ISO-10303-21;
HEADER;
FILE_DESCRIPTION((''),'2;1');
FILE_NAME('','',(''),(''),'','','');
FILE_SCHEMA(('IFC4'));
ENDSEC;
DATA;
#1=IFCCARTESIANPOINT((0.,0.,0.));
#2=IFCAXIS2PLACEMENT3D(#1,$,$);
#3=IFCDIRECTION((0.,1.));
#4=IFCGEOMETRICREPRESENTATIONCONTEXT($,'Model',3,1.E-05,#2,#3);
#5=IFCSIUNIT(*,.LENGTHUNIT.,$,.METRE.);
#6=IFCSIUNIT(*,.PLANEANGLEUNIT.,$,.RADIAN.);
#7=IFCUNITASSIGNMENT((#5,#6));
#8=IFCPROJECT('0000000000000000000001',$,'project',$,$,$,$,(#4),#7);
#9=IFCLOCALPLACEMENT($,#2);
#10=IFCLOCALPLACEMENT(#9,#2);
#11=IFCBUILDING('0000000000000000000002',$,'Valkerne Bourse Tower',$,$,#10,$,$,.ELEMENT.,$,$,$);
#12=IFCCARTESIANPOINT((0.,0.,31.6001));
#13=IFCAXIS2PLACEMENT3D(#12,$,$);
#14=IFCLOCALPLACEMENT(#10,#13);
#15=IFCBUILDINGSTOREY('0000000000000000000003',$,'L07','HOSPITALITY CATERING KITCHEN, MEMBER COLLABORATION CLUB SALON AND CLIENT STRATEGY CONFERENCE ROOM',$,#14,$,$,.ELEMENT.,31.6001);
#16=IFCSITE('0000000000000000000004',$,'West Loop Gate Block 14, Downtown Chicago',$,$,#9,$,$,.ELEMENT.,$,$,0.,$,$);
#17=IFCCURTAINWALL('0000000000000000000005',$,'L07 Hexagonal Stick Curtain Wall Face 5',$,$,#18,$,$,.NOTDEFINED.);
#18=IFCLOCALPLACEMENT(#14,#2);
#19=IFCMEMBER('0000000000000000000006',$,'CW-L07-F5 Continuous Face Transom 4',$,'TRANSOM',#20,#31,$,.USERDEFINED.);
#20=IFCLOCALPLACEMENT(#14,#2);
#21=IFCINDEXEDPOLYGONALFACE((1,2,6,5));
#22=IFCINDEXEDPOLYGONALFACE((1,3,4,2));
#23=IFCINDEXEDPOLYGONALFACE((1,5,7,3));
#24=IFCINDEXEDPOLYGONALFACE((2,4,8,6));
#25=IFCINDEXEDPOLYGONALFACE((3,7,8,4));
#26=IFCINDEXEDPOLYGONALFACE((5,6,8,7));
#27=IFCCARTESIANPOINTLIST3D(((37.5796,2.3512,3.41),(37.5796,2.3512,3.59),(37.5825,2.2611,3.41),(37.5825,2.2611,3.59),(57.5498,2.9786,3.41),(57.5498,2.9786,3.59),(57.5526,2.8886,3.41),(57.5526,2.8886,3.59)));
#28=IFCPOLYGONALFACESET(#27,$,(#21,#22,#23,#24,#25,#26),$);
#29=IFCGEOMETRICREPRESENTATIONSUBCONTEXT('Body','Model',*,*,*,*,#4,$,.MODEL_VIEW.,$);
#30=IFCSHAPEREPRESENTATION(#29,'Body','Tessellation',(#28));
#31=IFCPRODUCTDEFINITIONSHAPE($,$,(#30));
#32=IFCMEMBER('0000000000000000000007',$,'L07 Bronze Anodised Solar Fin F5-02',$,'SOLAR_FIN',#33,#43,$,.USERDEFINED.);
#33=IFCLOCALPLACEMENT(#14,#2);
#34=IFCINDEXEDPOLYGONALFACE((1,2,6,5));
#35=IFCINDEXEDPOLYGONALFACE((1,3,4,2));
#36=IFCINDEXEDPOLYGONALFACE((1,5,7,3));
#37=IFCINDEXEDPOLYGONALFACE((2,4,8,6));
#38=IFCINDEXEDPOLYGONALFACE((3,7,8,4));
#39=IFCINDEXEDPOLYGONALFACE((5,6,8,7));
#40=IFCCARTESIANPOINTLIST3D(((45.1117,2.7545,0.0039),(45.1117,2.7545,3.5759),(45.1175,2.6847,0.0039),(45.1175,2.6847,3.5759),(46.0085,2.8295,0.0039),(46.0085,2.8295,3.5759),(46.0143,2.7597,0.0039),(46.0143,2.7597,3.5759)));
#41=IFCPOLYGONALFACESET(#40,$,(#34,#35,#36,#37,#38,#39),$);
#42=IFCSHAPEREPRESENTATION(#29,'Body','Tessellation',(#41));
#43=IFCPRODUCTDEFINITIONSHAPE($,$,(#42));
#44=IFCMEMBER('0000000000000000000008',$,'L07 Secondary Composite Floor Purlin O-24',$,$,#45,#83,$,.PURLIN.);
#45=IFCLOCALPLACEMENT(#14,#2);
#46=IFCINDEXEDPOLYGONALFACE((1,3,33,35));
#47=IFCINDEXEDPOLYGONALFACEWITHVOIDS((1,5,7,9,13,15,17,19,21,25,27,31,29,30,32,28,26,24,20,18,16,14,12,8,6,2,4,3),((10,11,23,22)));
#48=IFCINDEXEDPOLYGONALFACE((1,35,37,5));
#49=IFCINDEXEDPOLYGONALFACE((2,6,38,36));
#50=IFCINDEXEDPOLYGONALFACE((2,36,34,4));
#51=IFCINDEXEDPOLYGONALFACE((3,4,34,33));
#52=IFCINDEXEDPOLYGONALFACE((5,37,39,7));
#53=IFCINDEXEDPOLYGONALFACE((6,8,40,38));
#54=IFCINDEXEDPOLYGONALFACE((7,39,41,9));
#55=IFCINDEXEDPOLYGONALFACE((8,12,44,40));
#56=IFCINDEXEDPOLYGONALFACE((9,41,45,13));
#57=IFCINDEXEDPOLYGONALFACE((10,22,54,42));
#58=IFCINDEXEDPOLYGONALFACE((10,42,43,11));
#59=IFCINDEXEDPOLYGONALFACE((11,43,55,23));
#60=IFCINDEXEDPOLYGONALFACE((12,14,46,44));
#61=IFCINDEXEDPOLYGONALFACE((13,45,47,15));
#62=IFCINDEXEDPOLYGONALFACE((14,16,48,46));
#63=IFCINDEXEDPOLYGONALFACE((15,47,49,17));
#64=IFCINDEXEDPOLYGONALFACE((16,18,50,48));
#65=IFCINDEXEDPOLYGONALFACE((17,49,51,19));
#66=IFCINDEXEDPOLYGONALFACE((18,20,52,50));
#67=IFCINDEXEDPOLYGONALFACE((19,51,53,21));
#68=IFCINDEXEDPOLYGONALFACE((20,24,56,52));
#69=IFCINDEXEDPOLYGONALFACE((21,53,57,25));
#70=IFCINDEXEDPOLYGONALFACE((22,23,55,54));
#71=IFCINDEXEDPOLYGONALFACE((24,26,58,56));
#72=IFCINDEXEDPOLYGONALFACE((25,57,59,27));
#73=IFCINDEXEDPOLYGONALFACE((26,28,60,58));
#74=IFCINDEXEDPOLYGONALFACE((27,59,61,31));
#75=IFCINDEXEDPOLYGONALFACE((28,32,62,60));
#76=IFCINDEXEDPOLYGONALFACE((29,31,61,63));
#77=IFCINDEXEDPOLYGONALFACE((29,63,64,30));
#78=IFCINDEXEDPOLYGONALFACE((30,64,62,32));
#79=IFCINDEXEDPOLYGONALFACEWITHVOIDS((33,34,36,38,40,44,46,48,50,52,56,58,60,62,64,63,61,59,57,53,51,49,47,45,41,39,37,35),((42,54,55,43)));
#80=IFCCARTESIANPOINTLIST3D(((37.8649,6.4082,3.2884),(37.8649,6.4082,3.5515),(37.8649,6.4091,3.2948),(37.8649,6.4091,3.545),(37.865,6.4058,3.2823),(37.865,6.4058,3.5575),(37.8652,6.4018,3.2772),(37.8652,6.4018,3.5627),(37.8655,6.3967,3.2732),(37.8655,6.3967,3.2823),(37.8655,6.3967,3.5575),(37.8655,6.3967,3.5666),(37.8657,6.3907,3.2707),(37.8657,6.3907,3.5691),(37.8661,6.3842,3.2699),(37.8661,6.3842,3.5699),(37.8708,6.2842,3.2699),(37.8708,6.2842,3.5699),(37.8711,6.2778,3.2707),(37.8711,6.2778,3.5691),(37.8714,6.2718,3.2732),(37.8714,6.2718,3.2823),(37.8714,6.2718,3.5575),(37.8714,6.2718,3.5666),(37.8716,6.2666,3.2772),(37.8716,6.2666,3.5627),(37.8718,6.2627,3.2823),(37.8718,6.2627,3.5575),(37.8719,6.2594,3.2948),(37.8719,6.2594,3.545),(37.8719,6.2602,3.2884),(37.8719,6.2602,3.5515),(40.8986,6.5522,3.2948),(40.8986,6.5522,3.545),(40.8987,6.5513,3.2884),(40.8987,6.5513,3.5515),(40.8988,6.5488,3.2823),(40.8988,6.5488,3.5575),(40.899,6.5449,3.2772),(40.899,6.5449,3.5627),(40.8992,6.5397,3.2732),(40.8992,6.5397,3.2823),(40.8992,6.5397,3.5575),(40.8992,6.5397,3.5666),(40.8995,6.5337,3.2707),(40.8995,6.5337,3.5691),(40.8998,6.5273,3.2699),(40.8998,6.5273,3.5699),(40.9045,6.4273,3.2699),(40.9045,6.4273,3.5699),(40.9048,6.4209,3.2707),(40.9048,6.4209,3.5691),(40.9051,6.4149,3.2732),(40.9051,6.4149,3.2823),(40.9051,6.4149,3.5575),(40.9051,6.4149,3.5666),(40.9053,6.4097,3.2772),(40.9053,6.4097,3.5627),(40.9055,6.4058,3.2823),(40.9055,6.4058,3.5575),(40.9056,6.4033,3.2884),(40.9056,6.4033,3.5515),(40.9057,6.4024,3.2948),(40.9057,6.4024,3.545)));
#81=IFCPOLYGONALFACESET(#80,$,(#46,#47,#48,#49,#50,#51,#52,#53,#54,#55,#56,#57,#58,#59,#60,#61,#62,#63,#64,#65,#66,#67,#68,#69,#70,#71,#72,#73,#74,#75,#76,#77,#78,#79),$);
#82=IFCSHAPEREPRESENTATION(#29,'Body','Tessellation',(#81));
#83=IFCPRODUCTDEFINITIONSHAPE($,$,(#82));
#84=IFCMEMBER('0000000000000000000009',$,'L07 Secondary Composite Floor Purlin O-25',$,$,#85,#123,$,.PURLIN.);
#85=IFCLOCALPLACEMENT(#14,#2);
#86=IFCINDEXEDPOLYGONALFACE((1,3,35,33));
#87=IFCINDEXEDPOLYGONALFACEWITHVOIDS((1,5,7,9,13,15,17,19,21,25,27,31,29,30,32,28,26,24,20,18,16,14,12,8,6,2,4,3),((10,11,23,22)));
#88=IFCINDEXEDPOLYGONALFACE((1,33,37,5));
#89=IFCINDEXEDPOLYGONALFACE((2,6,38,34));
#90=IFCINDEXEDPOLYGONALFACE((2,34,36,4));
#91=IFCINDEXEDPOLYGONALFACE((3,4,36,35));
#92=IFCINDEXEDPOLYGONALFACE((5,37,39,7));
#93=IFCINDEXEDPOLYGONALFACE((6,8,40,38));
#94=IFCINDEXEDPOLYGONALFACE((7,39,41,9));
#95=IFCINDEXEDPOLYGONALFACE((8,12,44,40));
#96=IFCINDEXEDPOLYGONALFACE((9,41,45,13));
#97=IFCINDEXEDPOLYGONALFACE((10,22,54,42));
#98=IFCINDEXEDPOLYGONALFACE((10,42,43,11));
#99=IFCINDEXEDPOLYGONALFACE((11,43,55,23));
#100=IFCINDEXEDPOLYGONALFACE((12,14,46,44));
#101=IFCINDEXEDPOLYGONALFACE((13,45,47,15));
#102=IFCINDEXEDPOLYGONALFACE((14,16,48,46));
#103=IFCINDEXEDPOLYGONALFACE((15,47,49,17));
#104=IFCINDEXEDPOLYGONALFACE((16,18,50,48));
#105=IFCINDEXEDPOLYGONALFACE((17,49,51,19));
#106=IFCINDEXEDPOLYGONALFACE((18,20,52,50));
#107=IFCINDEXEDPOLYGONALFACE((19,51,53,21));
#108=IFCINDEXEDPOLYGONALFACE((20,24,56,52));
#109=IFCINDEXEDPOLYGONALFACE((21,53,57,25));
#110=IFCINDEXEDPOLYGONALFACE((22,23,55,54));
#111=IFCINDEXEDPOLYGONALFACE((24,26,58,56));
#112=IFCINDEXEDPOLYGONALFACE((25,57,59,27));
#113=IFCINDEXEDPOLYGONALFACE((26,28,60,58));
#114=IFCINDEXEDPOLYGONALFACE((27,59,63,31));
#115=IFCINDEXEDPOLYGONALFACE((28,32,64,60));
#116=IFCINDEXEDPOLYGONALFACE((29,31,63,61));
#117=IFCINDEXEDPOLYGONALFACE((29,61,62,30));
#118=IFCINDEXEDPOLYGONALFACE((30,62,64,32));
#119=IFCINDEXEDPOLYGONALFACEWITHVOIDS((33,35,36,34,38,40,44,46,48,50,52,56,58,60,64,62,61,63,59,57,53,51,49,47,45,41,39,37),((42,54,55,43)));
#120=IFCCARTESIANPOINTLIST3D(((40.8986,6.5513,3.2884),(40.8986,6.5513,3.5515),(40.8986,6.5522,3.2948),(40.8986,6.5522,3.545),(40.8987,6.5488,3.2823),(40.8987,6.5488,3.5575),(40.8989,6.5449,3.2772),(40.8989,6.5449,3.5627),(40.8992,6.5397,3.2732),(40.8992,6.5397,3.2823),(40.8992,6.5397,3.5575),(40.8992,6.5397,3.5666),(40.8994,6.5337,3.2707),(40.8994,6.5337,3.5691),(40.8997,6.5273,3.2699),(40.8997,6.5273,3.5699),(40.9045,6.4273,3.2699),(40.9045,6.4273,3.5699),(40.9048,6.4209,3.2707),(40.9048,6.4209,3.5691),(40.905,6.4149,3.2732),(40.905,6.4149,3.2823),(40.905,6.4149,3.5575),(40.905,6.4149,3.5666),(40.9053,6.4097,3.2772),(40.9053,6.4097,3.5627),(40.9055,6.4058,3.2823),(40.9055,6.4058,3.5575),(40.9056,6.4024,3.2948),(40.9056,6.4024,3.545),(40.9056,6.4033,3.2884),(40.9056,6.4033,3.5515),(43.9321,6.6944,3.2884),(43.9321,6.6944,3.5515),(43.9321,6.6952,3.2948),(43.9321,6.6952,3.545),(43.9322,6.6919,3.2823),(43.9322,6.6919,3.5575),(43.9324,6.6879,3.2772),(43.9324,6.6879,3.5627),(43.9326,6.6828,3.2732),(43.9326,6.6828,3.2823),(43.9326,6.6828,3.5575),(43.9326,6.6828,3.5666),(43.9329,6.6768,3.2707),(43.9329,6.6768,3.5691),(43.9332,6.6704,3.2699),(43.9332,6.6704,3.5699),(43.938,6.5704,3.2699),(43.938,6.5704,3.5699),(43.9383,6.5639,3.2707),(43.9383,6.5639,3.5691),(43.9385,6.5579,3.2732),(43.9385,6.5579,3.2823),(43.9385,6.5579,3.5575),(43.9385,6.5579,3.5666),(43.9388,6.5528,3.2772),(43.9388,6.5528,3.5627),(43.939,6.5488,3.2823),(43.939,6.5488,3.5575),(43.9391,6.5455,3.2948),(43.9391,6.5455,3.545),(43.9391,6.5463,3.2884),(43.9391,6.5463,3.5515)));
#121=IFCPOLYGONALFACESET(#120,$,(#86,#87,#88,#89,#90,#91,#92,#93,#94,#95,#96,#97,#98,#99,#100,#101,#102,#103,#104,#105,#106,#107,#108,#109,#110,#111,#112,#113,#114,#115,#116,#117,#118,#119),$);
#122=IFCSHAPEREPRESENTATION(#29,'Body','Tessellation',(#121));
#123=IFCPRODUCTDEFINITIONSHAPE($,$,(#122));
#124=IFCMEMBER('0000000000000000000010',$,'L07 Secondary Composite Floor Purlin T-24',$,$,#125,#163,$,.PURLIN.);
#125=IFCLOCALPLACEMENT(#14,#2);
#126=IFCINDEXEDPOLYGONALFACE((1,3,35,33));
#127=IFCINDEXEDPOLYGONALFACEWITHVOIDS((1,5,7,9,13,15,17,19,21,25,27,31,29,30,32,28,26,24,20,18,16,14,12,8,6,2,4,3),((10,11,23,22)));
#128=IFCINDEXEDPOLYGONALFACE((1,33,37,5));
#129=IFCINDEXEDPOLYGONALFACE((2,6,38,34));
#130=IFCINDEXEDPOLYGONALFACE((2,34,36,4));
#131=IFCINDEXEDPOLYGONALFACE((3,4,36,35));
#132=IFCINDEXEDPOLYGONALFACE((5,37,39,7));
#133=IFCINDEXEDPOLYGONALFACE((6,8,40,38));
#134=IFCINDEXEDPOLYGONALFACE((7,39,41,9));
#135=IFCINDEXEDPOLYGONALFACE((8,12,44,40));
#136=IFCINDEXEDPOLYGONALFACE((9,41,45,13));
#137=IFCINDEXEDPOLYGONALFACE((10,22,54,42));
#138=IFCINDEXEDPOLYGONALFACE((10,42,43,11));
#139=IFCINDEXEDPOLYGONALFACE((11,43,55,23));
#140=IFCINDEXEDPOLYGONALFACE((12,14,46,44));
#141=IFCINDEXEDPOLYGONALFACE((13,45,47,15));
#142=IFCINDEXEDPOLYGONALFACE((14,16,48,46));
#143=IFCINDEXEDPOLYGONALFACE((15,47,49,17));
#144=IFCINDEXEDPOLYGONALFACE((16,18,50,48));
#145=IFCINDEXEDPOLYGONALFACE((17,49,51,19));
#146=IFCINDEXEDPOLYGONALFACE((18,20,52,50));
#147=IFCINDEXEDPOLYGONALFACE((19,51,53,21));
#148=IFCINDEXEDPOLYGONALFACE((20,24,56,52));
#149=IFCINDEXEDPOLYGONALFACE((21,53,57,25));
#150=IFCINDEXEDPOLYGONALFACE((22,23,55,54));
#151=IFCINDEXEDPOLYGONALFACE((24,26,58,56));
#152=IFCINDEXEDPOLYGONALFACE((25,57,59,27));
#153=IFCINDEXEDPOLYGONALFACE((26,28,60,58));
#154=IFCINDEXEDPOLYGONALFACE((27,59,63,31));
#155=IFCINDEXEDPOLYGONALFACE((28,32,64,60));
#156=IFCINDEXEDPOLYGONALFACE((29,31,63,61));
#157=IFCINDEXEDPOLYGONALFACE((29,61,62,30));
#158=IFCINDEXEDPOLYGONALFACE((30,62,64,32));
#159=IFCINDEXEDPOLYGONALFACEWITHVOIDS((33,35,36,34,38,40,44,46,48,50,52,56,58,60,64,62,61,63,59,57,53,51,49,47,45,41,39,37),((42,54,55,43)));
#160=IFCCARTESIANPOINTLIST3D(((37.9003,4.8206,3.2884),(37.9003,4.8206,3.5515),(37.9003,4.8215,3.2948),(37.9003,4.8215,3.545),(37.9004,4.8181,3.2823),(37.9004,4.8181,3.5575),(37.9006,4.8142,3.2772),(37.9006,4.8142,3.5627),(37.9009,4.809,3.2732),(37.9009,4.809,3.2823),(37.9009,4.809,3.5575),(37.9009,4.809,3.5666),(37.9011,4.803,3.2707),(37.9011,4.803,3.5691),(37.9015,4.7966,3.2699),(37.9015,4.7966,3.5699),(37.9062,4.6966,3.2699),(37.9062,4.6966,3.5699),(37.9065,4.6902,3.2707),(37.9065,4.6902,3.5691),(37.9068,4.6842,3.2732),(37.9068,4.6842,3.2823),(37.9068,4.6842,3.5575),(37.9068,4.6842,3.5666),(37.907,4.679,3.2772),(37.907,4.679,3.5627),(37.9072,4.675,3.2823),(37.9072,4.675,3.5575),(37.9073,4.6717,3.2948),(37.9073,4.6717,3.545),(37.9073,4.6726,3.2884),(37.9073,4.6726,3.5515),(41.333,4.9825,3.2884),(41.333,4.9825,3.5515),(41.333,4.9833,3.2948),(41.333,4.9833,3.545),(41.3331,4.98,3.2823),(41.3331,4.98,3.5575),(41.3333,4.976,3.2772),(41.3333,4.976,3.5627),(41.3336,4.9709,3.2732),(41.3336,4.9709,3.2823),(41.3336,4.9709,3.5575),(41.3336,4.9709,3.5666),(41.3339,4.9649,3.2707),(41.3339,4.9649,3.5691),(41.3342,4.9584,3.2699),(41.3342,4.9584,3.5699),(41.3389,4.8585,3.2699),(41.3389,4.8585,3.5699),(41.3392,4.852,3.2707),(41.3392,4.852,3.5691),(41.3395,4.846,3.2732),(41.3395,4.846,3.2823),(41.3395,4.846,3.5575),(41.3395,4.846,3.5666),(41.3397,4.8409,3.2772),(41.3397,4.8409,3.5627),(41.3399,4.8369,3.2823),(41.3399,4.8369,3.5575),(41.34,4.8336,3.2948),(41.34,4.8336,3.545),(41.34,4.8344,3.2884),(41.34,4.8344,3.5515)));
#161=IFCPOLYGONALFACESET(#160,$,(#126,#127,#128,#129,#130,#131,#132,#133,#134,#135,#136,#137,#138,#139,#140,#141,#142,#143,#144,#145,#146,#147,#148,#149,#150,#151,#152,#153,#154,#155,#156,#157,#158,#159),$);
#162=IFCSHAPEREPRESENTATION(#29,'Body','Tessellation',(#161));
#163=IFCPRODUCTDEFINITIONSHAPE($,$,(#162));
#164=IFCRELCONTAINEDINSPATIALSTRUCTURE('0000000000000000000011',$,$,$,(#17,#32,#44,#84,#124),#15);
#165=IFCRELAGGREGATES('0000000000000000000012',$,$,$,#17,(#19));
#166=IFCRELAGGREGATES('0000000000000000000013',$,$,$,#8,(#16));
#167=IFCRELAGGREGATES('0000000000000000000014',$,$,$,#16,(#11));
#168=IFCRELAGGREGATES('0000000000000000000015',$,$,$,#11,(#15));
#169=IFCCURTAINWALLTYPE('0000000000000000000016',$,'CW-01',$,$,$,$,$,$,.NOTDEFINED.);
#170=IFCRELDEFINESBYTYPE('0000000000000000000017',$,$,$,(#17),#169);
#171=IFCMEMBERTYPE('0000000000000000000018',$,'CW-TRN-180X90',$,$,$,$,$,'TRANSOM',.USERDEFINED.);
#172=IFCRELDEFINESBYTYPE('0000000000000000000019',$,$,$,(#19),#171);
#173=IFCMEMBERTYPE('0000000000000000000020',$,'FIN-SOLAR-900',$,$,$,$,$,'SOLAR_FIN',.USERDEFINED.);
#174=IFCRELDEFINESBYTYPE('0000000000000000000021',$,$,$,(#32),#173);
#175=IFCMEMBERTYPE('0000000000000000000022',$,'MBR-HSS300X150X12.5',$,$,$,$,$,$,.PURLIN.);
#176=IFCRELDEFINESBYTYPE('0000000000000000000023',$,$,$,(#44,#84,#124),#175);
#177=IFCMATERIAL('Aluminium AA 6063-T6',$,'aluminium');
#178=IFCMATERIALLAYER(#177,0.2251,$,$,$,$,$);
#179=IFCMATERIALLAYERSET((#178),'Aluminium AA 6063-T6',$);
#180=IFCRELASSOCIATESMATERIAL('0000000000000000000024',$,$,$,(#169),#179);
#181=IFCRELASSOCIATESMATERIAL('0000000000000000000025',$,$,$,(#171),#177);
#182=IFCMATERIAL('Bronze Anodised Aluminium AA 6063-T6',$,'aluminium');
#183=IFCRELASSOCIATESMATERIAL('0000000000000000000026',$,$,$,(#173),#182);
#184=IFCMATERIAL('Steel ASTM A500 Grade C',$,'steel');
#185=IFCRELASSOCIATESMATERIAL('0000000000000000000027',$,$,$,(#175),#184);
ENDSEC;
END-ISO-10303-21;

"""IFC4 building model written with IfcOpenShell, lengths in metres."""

from ifc_helpers import new_model, si_unit, direction, frame, origin, origin_2d, place, context, subcontext, project, spatial, rectangle, hollow_rectangle, extrude, material, layer, layer_set, material_profile, profile_set, type_object, element, aggregate, save


model = new_model("IFC4")

# Units and contexts
model_context = context("Model", 3, precision=1e-05, world=origin(), true_north=direction((0.0, 1.0)))
body_context = subcontext(model_context, "Body", "Model", "MODEL_VIEW")
ifc_project = project(units=[si_unit("LENGTHUNIT", "METRE"), si_unit("PLANEANGLEUNIT", "RADIAN")], contexts=[model_context])

# Site, building, storey
site_placement = place(None, origin())
site = spatial("IfcSite", under=ifc_project, at=site_placement, Name="West Loop Gate Block 14, Downtown Chicago", CompositionType="ELEMENT", RefElevation=0.0)
building_placement = place(site_placement, origin())
building = spatial("IfcBuilding", under=site, at=building_placement, Name="Valkerne Bourse Tower", CompositionType="ELEMENT")
storey_placement = place(building_placement, frame((0.0, 0.0, 31.6001)))
storey = spatial("IfcBuildingStorey", under=building, at=storey_placement, Name="L07", Description="HOSPITALITY CATERING KITCHEN, MEMBER COLLABORATION CLUB SALON AND CLIENT STRATEGY CONFERENCE ROOM", CompositionType="ELEMENT", Elevation=31.6001)

# Curtain wall, member
ifc_material_1 = material(Name="Aluminium AA 6063-T6", Category="aluminium")
ifc_layer_1 = layer(ifc_material_1, 0.2251)
ifc_layer_set_1 = layer_set([ifc_layer_1], Name="Aluminium AA 6063-T6")
curtain_wall_type = type_object("IfcCurtainWallType", Name="CW-01", PredefinedType="NOTDEFINED", material=ifc_layer_set_1)
curtain_wall_placement = place(storey_placement, origin())
curtain_wall = element("IfcCurtainWall", 1, at=curtain_wall_placement, inside=storey, type_object=curtain_wall_type, Name="L07 Hexagonal Stick Curtain Wall Face 5", PredefinedType="NOTDEFINED")
ifc_material_profile_1 = material_profile(ifc_material_1, rectangle(XDim=0.0901, YDim=0.1799, at=origin_2d()), Name="CWT-90X180")
ifc_profile_set_1 = profile_set([ifc_material_profile_1], Name="Aluminium AA 6063-T6")
member_type_1 = type_object("IfcMemberType", Name="CW-TRN-180X90", ElementType="TRANSOM", PredefinedType="USERDEFINED", material=ifc_profile_set_1)
member_1_placement = place(storey_placement, frame((37.5811, 2.3062, 3.5), z_axis=(0.999507, 0.031403, 0.0), x_axis=(-0.031403, 0.999507, 0.0)))
member_1 = element("IfcMember", 2, at=member_1_placement, type_object=member_type_1, Name="CW-L07-F5 Continuous Face Transom 4", ObjectType="TRANSOM", PredefinedType="USERDEFINED", context=body_context, shape_type="SweptSolid", body=[
    extrude(rectangle(XDim=0.0901, YDim=0.1799, at=origin_2d()), origin(), (0.0, 0.0, 1.0), 19.98),
])

# Members
ifc_material_2 = material(Name="Bronze Anodised Aluminium AA 6063-T6", Category="aluminium")
ifc_material_profile_2 = material_profile(ifc_material_2, rectangle(XDim=0.0701, YDim=0.8999, at=origin_2d()), Name="FIN-70X900")
ifc_profile_set_2 = profile_set([ifc_material_profile_2], Name="Bronze Anodised Aluminium AA 6063-T6")
member_type_2 = type_object("IfcMemberType", Name="FIN-SOLAR-900", ElementType="SOLAR_FIN", PredefinedType="USERDEFINED", material=ifc_profile_set_2)
member_2_placement = place(storey_placement, frame((45.563, 2.7571, 0.0039), z_axis=(0.0, 0.0, 1.0), x_axis=(0.083367, -0.996519, 0.0)))
element("IfcMember", 3, at=member_2_placement, inside=storey, type_object=member_type_2, Name="L07 Bronze Anodised Solar Fin F5-02", ObjectType="SOLAR_FIN", PredefinedType="USERDEFINED", context=body_context, shape_type="SweptSolid", body=[
    extrude(rectangle(XDim=0.0701, YDim=0.8999, at=origin_2d()), origin(), (0.0, 0.0, 1.0), 3.572),
])
ifc_material_3 = material(Name="Steel ASTM A500 Grade C", Category="steel")
ifc_material_profile_3 = material_profile(ifc_material_3, hollow_rectangle(XDim=0.1499, YDim=0.3, WallThickness=0.0125, OuterFilletRadius=0.0249, at=origin_2d()), Name="HSS300X150X12.5")
ifc_profile_set_3 = profile_set([ifc_material_profile_3], Name="Steel ASTM A500 Grade C")
member_type_3 = type_object("IfcMemberType", Name="MBR-HSS300X150X12.5", PredefinedType="PURLIN", material=ifc_profile_set_3)
member_3_placement = place(storey_placement, frame((37.8684, 6.3342, 3.4199), z_axis=(0.99889, 0.047107, 0.0), x_axis=(-0.047107, 0.99889, 0.0)))
element("IfcMember", 4, at=member_3_placement, inside=storey, type_object=member_type_3, Name="L07 Secondary Composite Floor Purlin O-24", PredefinedType="PURLIN", context=body_context, shape_type="SweptSolid", body=[
    extrude(hollow_rectangle(XDim=0.1499, YDim=0.3, WallThickness=0.0125, OuterFilletRadius=0.0249, at=origin_2d()), origin(), (0.0, 0.0, 1.0), 3.0371),
])
member_4_placement = place(storey_placement, frame((40.9021, 6.4773, 3.4199), z_axis=(0.99889, 0.047111, 0.0), x_axis=(-0.047111, 0.99889, 0.0)))
element("IfcMember", 5, at=member_4_placement, inside=storey, type_object=member_type_3, Name="L07 Secondary Composite Floor Purlin O-25", PredefinedType="PURLIN", context=body_context, shape_type="SweptSolid", body=[
    extrude(hollow_rectangle(XDim=0.1499, YDim=0.3, WallThickness=0.0125, OuterFilletRadius=0.0249, at=origin_2d()), origin(), (0.0, 0.0, 1.0), 3.0369),
])
member_5_placement = place(storey_placement, frame((37.9038, 4.7466, 3.4199), z_axis=(0.99889, 0.047103, 0.0), x_axis=(-0.047103, 0.99889, 0.0)))
element("IfcMember", 6, at=member_5_placement, inside=storey, type_object=member_type_3, Name="L07 Secondary Composite Floor Purlin T-24", PredefinedType="PURLIN", context=body_context, shape_type="SweptSolid", body=[
    extrude(hollow_rectangle(XDim=0.1499, YDim=0.3, WallThickness=0.0125, OuterFilletRadius=0.0249, at=origin_2d()), origin(), (0.0, 0.0, 1.0), 3.4365),
])

aggregate(curtain_wall, [member_1])

save(model, "model.ifc")
